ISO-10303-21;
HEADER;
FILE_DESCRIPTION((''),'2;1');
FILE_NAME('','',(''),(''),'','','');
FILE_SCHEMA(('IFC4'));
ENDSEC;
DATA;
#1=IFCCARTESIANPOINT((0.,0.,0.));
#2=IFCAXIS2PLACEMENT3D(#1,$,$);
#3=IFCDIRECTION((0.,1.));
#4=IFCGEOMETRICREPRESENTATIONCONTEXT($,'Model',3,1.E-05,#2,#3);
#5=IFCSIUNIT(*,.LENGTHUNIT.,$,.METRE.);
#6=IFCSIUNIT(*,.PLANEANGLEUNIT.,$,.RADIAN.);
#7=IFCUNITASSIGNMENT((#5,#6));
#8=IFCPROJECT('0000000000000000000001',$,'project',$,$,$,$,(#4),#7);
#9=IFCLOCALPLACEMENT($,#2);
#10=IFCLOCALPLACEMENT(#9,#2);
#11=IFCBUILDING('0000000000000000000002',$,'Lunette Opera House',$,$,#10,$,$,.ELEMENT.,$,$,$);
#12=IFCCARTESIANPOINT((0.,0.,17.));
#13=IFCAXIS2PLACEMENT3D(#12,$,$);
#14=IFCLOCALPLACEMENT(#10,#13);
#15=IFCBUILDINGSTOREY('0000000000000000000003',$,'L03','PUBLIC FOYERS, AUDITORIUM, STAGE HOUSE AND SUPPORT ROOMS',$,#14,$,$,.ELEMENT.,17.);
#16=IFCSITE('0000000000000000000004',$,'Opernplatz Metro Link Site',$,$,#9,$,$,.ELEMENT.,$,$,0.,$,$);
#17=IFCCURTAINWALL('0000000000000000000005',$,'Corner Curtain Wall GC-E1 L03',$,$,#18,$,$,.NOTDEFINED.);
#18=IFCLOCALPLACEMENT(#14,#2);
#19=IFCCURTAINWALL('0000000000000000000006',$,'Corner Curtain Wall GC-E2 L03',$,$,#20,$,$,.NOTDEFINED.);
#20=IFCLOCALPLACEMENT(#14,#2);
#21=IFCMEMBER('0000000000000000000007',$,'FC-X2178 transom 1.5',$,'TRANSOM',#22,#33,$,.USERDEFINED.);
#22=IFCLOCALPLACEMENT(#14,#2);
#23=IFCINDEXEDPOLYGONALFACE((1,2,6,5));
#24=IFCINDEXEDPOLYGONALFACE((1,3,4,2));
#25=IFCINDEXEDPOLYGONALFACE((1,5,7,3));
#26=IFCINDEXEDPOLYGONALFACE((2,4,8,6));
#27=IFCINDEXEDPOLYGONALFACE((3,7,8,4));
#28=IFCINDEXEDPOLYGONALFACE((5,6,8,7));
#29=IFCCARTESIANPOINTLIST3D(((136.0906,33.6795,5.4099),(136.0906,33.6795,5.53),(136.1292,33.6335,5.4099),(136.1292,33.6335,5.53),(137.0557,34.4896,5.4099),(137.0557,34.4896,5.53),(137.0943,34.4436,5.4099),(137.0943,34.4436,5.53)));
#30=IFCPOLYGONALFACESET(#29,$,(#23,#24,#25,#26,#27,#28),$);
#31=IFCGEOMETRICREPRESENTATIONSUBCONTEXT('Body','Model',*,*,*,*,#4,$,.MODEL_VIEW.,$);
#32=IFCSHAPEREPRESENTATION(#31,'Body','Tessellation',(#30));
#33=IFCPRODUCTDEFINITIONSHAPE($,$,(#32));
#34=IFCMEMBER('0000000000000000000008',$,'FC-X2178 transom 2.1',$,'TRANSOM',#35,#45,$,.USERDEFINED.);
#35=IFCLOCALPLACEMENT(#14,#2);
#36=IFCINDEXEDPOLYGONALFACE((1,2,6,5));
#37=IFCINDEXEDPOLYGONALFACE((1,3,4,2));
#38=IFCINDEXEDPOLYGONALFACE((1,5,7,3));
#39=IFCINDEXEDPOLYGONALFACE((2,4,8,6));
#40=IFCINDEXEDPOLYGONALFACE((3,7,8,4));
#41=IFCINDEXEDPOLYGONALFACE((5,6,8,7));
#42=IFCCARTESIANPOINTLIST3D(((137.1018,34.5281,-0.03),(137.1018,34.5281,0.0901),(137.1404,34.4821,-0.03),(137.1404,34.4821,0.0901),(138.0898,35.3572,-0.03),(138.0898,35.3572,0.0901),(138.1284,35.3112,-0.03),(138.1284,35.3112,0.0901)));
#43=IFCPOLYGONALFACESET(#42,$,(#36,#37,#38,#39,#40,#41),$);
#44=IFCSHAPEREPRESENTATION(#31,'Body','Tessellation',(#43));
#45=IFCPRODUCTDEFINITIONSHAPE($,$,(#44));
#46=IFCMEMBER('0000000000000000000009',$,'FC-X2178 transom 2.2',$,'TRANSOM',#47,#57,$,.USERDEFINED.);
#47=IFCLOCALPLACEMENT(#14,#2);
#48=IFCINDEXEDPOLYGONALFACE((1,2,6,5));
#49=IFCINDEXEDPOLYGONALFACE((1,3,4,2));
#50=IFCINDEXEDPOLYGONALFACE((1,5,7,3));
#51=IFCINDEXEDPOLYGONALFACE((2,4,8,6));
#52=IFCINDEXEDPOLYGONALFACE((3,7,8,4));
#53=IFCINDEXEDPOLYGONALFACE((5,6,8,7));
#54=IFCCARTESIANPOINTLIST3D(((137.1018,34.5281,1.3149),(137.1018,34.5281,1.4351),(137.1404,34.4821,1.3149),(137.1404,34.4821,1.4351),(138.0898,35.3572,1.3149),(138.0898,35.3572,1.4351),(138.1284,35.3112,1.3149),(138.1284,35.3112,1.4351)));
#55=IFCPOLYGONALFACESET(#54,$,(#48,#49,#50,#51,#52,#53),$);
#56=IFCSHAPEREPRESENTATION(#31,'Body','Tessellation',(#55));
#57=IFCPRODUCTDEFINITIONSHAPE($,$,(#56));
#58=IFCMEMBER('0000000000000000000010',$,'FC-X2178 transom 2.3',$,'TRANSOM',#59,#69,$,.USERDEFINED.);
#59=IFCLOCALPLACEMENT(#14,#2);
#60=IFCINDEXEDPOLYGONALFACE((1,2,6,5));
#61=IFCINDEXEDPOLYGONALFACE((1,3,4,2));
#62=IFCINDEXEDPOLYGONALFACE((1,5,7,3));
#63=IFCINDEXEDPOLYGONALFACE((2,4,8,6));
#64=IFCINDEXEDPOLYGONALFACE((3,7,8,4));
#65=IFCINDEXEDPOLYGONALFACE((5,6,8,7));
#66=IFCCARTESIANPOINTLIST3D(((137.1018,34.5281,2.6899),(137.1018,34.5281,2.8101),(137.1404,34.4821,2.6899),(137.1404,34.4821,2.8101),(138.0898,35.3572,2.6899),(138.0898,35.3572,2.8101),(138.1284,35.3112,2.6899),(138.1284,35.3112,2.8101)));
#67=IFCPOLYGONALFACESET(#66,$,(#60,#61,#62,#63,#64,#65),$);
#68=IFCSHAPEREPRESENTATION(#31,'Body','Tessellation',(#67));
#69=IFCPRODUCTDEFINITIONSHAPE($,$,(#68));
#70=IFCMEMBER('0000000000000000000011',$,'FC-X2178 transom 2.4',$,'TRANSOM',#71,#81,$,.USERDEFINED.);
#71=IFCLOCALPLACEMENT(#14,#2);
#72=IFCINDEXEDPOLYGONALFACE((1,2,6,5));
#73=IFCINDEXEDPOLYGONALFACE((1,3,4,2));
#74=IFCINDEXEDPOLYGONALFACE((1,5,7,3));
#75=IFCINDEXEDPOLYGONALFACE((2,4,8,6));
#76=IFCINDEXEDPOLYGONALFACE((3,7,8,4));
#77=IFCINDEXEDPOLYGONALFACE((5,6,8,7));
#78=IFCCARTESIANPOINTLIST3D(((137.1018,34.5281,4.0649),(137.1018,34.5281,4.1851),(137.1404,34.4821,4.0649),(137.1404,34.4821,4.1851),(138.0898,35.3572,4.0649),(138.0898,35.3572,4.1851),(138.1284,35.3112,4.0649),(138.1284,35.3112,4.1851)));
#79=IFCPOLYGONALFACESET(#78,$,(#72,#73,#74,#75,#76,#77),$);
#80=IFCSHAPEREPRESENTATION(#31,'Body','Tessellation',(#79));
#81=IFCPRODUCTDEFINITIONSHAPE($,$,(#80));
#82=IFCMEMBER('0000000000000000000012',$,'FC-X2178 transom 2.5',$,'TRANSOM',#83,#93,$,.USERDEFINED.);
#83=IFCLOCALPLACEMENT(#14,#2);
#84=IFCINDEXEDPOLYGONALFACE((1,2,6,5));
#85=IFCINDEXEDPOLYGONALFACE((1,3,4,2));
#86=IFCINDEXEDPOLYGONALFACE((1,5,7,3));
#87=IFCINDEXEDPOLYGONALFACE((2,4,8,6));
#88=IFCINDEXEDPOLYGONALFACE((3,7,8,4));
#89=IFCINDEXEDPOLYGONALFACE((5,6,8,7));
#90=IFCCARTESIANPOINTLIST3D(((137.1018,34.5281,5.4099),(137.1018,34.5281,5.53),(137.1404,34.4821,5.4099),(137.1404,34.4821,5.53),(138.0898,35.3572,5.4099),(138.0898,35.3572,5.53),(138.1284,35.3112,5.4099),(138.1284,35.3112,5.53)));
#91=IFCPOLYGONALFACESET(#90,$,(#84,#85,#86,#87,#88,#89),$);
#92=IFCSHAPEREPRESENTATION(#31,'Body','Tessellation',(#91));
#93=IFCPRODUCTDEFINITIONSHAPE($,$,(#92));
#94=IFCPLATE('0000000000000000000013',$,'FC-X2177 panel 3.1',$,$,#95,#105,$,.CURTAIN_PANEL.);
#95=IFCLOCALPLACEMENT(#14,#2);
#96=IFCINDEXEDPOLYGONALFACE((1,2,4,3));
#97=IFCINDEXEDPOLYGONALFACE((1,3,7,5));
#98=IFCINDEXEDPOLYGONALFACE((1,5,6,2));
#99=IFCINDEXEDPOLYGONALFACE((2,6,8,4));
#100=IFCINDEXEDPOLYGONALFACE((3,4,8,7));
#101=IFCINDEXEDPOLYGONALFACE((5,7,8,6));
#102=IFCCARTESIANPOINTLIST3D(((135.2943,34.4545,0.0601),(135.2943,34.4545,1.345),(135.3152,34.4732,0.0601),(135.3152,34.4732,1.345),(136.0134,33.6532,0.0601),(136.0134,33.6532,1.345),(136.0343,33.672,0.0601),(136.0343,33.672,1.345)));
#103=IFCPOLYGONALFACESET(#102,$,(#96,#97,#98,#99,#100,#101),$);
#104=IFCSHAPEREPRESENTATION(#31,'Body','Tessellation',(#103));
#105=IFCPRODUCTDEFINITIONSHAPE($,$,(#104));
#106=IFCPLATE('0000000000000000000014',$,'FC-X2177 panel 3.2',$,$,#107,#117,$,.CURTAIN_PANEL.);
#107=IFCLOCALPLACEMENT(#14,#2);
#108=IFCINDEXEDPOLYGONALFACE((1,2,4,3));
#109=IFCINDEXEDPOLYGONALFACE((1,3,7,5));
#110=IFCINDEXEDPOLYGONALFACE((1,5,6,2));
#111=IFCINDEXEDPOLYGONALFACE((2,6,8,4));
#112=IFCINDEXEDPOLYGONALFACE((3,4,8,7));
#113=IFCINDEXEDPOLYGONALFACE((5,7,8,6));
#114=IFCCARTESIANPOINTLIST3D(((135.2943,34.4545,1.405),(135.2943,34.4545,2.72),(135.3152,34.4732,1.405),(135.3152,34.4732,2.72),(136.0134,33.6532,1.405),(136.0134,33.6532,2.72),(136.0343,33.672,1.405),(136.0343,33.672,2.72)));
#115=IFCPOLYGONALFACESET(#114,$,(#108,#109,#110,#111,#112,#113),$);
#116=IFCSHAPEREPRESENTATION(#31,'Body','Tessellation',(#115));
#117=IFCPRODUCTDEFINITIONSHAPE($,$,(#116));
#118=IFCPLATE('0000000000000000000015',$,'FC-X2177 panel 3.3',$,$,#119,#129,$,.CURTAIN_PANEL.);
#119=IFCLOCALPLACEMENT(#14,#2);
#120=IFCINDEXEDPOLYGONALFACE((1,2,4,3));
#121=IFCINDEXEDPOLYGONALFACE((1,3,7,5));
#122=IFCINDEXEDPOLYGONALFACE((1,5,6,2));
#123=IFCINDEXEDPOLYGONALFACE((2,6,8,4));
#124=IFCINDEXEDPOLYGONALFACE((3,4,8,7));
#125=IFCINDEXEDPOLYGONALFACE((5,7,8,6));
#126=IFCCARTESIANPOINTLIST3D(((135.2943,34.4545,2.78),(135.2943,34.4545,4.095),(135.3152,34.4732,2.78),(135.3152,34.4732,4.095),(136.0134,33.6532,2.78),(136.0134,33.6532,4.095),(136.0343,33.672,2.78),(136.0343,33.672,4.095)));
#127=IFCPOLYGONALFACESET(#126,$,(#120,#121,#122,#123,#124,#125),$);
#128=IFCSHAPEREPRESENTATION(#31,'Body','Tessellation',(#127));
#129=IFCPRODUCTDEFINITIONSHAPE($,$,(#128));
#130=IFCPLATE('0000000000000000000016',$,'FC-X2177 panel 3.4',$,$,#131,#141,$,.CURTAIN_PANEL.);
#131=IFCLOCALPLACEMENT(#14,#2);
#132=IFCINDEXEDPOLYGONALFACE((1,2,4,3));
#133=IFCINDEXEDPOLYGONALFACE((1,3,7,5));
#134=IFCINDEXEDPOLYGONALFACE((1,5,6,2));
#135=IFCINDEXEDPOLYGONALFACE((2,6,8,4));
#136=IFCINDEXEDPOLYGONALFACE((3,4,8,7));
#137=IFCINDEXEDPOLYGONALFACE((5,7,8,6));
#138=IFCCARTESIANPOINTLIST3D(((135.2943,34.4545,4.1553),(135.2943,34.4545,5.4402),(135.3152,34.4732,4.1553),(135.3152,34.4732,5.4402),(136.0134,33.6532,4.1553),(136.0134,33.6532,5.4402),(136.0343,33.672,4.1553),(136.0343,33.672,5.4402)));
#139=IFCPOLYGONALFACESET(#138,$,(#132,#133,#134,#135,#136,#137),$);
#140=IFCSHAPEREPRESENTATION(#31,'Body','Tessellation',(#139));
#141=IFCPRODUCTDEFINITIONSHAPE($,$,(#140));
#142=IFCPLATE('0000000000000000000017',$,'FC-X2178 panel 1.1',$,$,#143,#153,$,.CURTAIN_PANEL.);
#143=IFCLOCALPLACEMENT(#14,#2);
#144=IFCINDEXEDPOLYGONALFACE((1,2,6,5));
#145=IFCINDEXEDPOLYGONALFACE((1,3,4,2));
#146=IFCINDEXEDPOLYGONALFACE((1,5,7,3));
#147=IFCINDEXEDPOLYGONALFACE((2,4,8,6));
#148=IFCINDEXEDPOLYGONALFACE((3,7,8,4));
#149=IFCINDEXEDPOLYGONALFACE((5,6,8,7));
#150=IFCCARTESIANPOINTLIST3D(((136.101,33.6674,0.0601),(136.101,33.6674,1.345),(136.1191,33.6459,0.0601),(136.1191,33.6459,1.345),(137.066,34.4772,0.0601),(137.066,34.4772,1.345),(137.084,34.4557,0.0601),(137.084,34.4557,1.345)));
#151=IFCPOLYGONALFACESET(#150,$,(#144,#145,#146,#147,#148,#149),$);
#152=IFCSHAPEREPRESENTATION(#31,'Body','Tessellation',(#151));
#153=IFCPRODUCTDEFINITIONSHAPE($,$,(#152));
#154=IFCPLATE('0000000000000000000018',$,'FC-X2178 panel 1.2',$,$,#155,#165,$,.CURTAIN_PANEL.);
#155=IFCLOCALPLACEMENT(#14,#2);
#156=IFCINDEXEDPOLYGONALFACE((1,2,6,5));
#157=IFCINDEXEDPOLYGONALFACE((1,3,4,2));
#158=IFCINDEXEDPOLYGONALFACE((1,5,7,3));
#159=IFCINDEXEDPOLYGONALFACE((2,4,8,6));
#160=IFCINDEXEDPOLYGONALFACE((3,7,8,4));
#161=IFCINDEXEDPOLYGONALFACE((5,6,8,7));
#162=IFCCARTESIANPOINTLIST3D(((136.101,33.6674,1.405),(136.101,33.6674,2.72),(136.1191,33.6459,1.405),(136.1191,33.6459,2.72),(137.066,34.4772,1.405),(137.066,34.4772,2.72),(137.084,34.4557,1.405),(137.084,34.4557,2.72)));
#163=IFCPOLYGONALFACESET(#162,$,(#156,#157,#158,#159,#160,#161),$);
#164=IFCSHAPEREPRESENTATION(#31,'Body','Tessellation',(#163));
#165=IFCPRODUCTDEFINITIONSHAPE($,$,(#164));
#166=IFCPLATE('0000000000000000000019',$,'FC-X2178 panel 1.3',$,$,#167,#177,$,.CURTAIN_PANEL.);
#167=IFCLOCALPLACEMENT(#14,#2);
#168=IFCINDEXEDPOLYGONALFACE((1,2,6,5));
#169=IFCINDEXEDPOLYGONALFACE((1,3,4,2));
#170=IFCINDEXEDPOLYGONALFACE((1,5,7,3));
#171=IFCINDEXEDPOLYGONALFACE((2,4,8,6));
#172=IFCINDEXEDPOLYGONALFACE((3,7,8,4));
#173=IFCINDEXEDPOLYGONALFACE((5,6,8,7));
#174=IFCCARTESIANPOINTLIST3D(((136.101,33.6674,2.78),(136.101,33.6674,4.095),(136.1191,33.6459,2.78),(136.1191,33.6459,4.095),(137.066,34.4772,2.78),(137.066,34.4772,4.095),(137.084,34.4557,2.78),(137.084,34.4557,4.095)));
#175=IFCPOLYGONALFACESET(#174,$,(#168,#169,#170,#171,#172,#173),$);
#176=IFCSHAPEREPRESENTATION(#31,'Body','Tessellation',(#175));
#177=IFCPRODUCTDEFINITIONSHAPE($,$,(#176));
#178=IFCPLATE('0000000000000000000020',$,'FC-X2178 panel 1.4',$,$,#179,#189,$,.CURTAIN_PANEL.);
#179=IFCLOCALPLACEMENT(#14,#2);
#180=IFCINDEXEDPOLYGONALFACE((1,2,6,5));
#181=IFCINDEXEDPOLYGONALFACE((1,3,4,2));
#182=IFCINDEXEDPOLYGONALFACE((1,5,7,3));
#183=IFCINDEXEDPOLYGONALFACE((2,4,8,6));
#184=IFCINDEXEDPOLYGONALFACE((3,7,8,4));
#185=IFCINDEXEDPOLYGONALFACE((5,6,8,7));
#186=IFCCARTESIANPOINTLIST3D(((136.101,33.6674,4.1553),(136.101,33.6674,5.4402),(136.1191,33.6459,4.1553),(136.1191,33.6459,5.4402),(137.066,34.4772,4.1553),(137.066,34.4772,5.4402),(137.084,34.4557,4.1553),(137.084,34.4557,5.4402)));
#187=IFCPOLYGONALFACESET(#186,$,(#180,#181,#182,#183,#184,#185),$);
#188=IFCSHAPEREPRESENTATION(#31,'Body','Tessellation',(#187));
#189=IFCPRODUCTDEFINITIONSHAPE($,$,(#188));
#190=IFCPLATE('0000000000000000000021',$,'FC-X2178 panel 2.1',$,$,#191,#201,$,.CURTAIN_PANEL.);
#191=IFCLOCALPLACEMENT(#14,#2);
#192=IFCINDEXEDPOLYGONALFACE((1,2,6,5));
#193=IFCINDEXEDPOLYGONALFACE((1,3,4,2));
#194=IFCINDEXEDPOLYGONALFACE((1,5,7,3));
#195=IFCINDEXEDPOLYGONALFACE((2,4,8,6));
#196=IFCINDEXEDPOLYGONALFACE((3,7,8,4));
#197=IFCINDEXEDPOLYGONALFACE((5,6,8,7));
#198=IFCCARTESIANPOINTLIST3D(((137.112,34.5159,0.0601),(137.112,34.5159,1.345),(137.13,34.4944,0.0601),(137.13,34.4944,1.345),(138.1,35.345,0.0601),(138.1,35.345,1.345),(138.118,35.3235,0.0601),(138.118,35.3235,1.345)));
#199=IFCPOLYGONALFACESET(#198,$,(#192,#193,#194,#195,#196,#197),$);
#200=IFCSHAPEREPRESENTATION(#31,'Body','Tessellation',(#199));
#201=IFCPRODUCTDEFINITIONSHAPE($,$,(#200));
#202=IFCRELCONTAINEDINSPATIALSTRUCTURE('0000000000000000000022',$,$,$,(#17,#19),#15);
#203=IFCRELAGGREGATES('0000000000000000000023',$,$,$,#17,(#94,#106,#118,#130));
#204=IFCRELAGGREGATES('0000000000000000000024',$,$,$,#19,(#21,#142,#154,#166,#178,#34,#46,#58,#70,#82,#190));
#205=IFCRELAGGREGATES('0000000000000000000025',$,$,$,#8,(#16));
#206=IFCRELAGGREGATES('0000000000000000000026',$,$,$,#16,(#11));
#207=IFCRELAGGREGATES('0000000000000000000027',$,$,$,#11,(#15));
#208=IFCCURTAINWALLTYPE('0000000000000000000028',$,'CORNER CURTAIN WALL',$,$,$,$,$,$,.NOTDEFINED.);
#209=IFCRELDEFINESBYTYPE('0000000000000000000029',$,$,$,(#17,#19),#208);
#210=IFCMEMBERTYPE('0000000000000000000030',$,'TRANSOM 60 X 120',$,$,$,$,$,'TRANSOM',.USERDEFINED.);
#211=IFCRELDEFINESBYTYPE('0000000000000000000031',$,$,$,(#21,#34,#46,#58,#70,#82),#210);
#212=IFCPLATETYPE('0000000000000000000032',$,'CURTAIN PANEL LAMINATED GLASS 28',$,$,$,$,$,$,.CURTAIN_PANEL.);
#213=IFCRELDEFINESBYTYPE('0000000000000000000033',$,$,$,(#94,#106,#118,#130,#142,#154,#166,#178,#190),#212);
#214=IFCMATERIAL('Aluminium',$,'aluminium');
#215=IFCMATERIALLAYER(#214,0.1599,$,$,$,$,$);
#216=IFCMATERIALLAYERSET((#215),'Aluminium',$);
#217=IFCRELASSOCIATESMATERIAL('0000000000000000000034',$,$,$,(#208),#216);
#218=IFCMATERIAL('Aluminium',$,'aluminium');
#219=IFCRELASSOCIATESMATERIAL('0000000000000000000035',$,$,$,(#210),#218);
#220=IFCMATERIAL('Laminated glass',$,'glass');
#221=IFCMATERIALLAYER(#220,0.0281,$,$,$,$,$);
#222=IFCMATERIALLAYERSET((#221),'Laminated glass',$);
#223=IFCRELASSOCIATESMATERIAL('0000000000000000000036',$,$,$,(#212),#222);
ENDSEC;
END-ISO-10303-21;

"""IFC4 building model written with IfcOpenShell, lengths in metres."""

from ifc_helpers import new_model, si_unit, direction, frame, origin, origin_2d, place, context, subcontext, project, spatial, rectangle, extrude, material, layer, layer_set, material_profile, profile_set, type_object, element, aggregate, save


model = new_model("IFC4")

# Units and contexts
model_context = context("Model", 3, precision=1e-05, world=origin(), true_north=direction((0.0, 1.0)))
body_context = subcontext(model_context, "Body", "Model", "MODEL_VIEW")
ifc_project = project(units=[si_unit("LENGTHUNIT", "METRE"), si_unit("PLANEANGLEUNIT", "RADIAN")], contexts=[model_context])

# Site, building, storey
site_placement = place(None, origin())
site = spatial("IfcSite", under=ifc_project, at=site_placement, Name="Opernplatz Metro Link Site", CompositionType="ELEMENT", RefElevation=0.0)
building_placement = place(site_placement, origin())
building = spatial("IfcBuilding", under=site, at=building_placement, Name="Lunette Opera House", CompositionType="ELEMENT")
storey_placement = place(building_placement, frame((0.0, 0.0, 17.0)))
storey = spatial("IfcBuildingStorey", under=building, at=storey_placement, Name="L03", Description="PUBLIC FOYERS, AUDITORIUM, STAGE HOUSE AND SUPPORT ROOMS", CompositionType="ELEMENT", Elevation=17.0)

# Curtain walls
ifc_material_1 = material(Name="Aluminium", Category="aluminium")
ifc_layer_1 = layer(ifc_material_1, 0.1599)
ifc_layer_set_1 = layer_set([ifc_layer_1], Name="Aluminium")
curtain_wall_type = type_object("IfcCurtainWallType", Name="CORNER CURTAIN WALL", PredefinedType="NOTDEFINED", material=ifc_layer_set_1)
curtain_wall_1_placement = place(storey_placement, origin())
curtain_wall_1 = element("IfcCurtainWall", 1, at=curtain_wall_1_placement, inside=storey, type_object=curtain_wall_type, Name="Corner Curtain Wall GC-E1 L03", PredefinedType="NOTDEFINED")
curtain_wall_2_placement = place(storey_placement, origin())
curtain_wall_2 = element("IfcCurtainWall", 2, at=curtain_wall_2_placement, inside=storey, type_object=curtain_wall_type, Name="Corner Curtain Wall GC-E2 L03", PredefinedType="NOTDEFINED")

# Members
ifc_material_2 = material(Name="Aluminium", Category="aluminium")
ifc_material_profile_1 = material_profile(ifc_material_2, rectangle(XDim=0.0601, YDim=0.1201, at=origin_2d()), Name="TRANSOM 60 X 120")
ifc_profile_set_1 = profile_set([ifc_material_profile_1], Name="Aluminium")
member_type_1 = type_object("IfcMemberType", Name="TRANSOM 60 X 120", ElementType="TRANSOM", PredefinedType="USERDEFINED", material=ifc_profile_set_1)
member_1_placement = place(storey_placement, frame((136.1099, 33.6565, 5.47), z_axis=(0.765945, 0.642906, 0.0), x_axis=(-0.642906, 0.765945, 0.0)))
member_1 = element("IfcMember", 3, at=member_1_placement, type_object=member_type_1, Name="FC-X2178 transom 1.5", ObjectType="TRANSOM", PredefinedType="USERDEFINED", context=body_context, shape_type="SweptSolid", body=[
    extrude(rectangle(XDim=0.0601, YDim=0.1201, at=origin_2d()), origin(), (0.0, 0.0, 1.0), 1.26),
])
member_2_placement = place(storey_placement, frame((137.1211, 34.5051, 0.03), z_axis=(0.766029, 0.642806, 0.0), x_axis=(-0.642806, 0.766029, 0.0)))
member_2 = element("IfcMember", 4, at=member_2_placement, type_object=member_type_1, Name="FC-X2178 transom 2.1", ObjectType="TRANSOM", PredefinedType="USERDEFINED", context=body_context, shape_type="SweptSolid", body=[
    extrude(rectangle(XDim=0.0601, YDim=0.1201, at=origin_2d()), origin(), (0.0, 0.0, 1.0), 1.2898),
])
member_3_placement = place(storey_placement, frame((137.1211, 34.5051, 1.375), z_axis=(0.766029, 0.642806, 0.0), x_axis=(-0.642806, 0.766029, 0.0)))
member_3 = element("IfcMember", 5, at=member_3_placement, type_object=member_type_1, Name="FC-X2178 transom 2.2", ObjectType="TRANSOM", PredefinedType="USERDEFINED", context=body_context, shape_type="SweptSolid", body=[
    extrude(rectangle(XDim=0.0601, YDim=0.1201, at=origin_2d()), origin(), (0.0, 0.0, 1.0), 1.2898),
])
member_4_placement = place(storey_placement, frame((137.1211, 34.5051, 2.75), z_axis=(0.766029, 0.642806, 0.0), x_axis=(-0.642806, 0.766029, 0.0)))
member_4 = element("IfcMember", 6, at=member_4_placement, type_object=member_type_1, Name="FC-X2178 transom 2.3", ObjectType="TRANSOM", PredefinedType="USERDEFINED", context=body_context, shape_type="SweptSolid", body=[
    extrude(rectangle(XDim=0.0601, YDim=0.1201, at=origin_2d()), origin(), (0.0, 0.0, 1.0), 1.2898),
])
member_5_placement = place(storey_placement, frame((137.1211, 34.5051, 4.125), z_axis=(0.766029, 0.642806, 0.0), x_axis=(-0.642806, 0.766029, 0.0)))
member_5 = element("IfcMember", 7, at=member_5_placement, type_object=member_type_1, Name="FC-X2178 transom 2.4", ObjectType="TRANSOM", PredefinedType="USERDEFINED", context=body_context, shape_type="SweptSolid", body=[
    extrude(rectangle(XDim=0.0601, YDim=0.1201, at=origin_2d()), origin(), (0.0, 0.0, 1.0), 1.2898),
])
member_6_placement = place(storey_placement, frame((137.1211, 34.5051, 5.47), z_axis=(0.766029, 0.642806, 0.0), x_axis=(-0.642806, 0.766029, 0.0)))
member_6 = element("IfcMember", 8, at=member_6_placement, type_object=member_type_1, Name="FC-X2178 transom 2.5", ObjectType="TRANSOM", PredefinedType="USERDEFINED", context=body_context, shape_type="SweptSolid", body=[
    extrude(rectangle(XDim=0.0601, YDim=0.1201, at=origin_2d()), origin(), (0.0, 0.0, 1.0), 1.2898),
])

# Plates
ifc_material_3 = material(Name="Laminated glass", Category="glass")
ifc_layer_2 = layer(ifc_material_3, 0.0281)
ifc_layer_set_2 = layer_set([ifc_layer_2], Name="Laminated glass")
plate_type = type_object("IfcPlateType", Name="CURTAIN PANEL LAMINATED GLASS 28", PredefinedType="CURTAIN_PANEL", material=ifc_layer_set_2)
plate_1_placement = place(storey_placement, frame((135.6643, 34.0632, 0.0601), z_axis=(0.0, 0.0, 1.0), x_axis=(0.667938, -0.744217, 0.0)))
plate_1 = element("IfcPlate", 9, at=plate_1_placement, type_object=plate_type, Name="FC-X2177 panel 3.1", PredefinedType="CURTAIN_PANEL", context=body_context, shape_type="SweptSolid", body=[
    extrude(rectangle(XDim=1.0767, YDim=0.0281, at=origin_2d()), origin(), (0.0, 0.0, 1.0), 1.2849),
])
plate_2_placement = place(storey_placement, frame((135.6643, 34.0632, 1.405), z_axis=(0.0, 0.0, 1.0), x_axis=(0.667938, -0.744217, 0.0)))
plate_2 = element("IfcPlate", 10, at=plate_2_placement, type_object=plate_type, Name="FC-X2177 panel 3.2", PredefinedType="CURTAIN_PANEL", context=body_context, shape_type="SweptSolid", body=[
    extrude(rectangle(XDim=1.0767, YDim=0.0281, at=origin_2d()), origin(), (0.0, 0.0, 1.0), 1.3149),
])
plate_3_placement = place(storey_placement, frame((135.6643, 34.0632, 2.78), z_axis=(0.0, 0.0, 1.0), x_axis=(0.667938, -0.744217, 0.0)))
plate_3 = element("IfcPlate", 11, at=plate_3_placement, type_object=plate_type, Name="FC-X2177 panel 3.3", PredefinedType="CURTAIN_PANEL", context=body_context, shape_type="SweptSolid", body=[
    extrude(rectangle(XDim=1.0767, YDim=0.0281, at=origin_2d()), origin(), (0.0, 0.0, 1.0), 1.3149),
])
plate_4_placement = place(storey_placement, frame((135.6643, 34.0632, 4.1553), z_axis=(0.0, 0.0, 1.0), x_axis=(0.667938, -0.744217, 0.0)))
plate_4 = element("IfcPlate", 12, at=plate_4_placement, type_object=plate_type, Name="FC-X2177 panel 3.4", PredefinedType="CURTAIN_PANEL", context=body_context, shape_type="SweptSolid", body=[
    extrude(rectangle(XDim=1.0767, YDim=0.0281, at=origin_2d()), origin(), (0.0, 0.0, 1.0), 1.2849),
])
aggregate(curtain_wall_1, [plate_1, plate_2, plate_3, plate_4])
plate_5_placement = place(storey_placement, frame((136.5925, 34.0615, 0.0601), z_axis=(0.0, 0.0, 1.0), x_axis=(0.766, 0.64284, 0.0)))
plate_5 = element("IfcPlate", 13, at=plate_5_placement, type_object=plate_type, Name="FC-X2178 panel 1.1", PredefinedType="CURTAIN_PANEL", context=body_context, shape_type="SweptSolid", body=[
    extrude(rectangle(XDim=1.2598, YDim=0.0281, at=origin_2d()), origin(), (0.0, 0.0, 1.0), 1.2849),
])
plate_6_placement = place(storey_placement, frame((136.5925, 34.0615, 1.405), z_axis=(0.0, 0.0, 1.0), x_axis=(0.766, 0.64284, 0.0)))
plate_6 = element("IfcPlate", 14, at=plate_6_placement, type_object=plate_type, Name="FC-X2178 panel 1.2", PredefinedType="CURTAIN_PANEL", context=body_context, shape_type="SweptSolid", body=[
    extrude(rectangle(XDim=1.2598, YDim=0.0281, at=origin_2d()), origin(), (0.0, 0.0, 1.0), 1.3149),
])
plate_7_placement = place(storey_placement, frame((136.5925, 34.0615, 2.78), z_axis=(0.0, 0.0, 1.0), x_axis=(0.766, 0.64284, 0.0)))
plate_7 = element("IfcPlate", 15, at=plate_7_placement, type_object=plate_type, Name="FC-X2178 panel 1.3", PredefinedType="CURTAIN_PANEL", context=body_context, shape_type="SweptSolid", body=[
    extrude(rectangle(XDim=1.2598, YDim=0.0281, at=origin_2d()), origin(), (0.0, 0.0, 1.0), 1.3149),
])
plate_8_placement = place(storey_placement, frame((136.5925, 34.0615, 4.1553), z_axis=(0.0, 0.0, 1.0), x_axis=(0.766, 0.64284, 0.0)))
plate_8 = element("IfcPlate", 16, at=plate_8_placement, type_object=plate_type, Name="FC-X2178 panel 1.4", PredefinedType="CURTAIN_PANEL", context=body_context, shape_type="SweptSolid", body=[
    extrude(rectangle(XDim=1.2598, YDim=0.0281, at=origin_2d()), origin(), (0.0, 0.0, 1.0), 1.2849),
])
plate_9_placement = place(storey_placement, frame((137.615, 34.9197, 0.0601), z_axis=(0.0, 0.0, 1.0), x_axis=(0.766, 0.64284, 0.0)))
plate_9 = element("IfcPlate", 17, at=plate_9_placement, type_object=plate_type, Name="FC-X2178 panel 2.1", PredefinedType="CURTAIN_PANEL", context=body_context, shape_type="SweptSolid", body=[
    extrude(rectangle(XDim=1.2898, YDim=0.0281, at=origin_2d()), origin(), (0.0, 0.0, 1.0), 1.2849),
])
aggregate(curtain_wall_2, [member_1, plate_5, plate_6, plate_7, plate_8, member_2, member_3, member_4, member_5, member_6, plate_9])

save(model, "model.ifc")
